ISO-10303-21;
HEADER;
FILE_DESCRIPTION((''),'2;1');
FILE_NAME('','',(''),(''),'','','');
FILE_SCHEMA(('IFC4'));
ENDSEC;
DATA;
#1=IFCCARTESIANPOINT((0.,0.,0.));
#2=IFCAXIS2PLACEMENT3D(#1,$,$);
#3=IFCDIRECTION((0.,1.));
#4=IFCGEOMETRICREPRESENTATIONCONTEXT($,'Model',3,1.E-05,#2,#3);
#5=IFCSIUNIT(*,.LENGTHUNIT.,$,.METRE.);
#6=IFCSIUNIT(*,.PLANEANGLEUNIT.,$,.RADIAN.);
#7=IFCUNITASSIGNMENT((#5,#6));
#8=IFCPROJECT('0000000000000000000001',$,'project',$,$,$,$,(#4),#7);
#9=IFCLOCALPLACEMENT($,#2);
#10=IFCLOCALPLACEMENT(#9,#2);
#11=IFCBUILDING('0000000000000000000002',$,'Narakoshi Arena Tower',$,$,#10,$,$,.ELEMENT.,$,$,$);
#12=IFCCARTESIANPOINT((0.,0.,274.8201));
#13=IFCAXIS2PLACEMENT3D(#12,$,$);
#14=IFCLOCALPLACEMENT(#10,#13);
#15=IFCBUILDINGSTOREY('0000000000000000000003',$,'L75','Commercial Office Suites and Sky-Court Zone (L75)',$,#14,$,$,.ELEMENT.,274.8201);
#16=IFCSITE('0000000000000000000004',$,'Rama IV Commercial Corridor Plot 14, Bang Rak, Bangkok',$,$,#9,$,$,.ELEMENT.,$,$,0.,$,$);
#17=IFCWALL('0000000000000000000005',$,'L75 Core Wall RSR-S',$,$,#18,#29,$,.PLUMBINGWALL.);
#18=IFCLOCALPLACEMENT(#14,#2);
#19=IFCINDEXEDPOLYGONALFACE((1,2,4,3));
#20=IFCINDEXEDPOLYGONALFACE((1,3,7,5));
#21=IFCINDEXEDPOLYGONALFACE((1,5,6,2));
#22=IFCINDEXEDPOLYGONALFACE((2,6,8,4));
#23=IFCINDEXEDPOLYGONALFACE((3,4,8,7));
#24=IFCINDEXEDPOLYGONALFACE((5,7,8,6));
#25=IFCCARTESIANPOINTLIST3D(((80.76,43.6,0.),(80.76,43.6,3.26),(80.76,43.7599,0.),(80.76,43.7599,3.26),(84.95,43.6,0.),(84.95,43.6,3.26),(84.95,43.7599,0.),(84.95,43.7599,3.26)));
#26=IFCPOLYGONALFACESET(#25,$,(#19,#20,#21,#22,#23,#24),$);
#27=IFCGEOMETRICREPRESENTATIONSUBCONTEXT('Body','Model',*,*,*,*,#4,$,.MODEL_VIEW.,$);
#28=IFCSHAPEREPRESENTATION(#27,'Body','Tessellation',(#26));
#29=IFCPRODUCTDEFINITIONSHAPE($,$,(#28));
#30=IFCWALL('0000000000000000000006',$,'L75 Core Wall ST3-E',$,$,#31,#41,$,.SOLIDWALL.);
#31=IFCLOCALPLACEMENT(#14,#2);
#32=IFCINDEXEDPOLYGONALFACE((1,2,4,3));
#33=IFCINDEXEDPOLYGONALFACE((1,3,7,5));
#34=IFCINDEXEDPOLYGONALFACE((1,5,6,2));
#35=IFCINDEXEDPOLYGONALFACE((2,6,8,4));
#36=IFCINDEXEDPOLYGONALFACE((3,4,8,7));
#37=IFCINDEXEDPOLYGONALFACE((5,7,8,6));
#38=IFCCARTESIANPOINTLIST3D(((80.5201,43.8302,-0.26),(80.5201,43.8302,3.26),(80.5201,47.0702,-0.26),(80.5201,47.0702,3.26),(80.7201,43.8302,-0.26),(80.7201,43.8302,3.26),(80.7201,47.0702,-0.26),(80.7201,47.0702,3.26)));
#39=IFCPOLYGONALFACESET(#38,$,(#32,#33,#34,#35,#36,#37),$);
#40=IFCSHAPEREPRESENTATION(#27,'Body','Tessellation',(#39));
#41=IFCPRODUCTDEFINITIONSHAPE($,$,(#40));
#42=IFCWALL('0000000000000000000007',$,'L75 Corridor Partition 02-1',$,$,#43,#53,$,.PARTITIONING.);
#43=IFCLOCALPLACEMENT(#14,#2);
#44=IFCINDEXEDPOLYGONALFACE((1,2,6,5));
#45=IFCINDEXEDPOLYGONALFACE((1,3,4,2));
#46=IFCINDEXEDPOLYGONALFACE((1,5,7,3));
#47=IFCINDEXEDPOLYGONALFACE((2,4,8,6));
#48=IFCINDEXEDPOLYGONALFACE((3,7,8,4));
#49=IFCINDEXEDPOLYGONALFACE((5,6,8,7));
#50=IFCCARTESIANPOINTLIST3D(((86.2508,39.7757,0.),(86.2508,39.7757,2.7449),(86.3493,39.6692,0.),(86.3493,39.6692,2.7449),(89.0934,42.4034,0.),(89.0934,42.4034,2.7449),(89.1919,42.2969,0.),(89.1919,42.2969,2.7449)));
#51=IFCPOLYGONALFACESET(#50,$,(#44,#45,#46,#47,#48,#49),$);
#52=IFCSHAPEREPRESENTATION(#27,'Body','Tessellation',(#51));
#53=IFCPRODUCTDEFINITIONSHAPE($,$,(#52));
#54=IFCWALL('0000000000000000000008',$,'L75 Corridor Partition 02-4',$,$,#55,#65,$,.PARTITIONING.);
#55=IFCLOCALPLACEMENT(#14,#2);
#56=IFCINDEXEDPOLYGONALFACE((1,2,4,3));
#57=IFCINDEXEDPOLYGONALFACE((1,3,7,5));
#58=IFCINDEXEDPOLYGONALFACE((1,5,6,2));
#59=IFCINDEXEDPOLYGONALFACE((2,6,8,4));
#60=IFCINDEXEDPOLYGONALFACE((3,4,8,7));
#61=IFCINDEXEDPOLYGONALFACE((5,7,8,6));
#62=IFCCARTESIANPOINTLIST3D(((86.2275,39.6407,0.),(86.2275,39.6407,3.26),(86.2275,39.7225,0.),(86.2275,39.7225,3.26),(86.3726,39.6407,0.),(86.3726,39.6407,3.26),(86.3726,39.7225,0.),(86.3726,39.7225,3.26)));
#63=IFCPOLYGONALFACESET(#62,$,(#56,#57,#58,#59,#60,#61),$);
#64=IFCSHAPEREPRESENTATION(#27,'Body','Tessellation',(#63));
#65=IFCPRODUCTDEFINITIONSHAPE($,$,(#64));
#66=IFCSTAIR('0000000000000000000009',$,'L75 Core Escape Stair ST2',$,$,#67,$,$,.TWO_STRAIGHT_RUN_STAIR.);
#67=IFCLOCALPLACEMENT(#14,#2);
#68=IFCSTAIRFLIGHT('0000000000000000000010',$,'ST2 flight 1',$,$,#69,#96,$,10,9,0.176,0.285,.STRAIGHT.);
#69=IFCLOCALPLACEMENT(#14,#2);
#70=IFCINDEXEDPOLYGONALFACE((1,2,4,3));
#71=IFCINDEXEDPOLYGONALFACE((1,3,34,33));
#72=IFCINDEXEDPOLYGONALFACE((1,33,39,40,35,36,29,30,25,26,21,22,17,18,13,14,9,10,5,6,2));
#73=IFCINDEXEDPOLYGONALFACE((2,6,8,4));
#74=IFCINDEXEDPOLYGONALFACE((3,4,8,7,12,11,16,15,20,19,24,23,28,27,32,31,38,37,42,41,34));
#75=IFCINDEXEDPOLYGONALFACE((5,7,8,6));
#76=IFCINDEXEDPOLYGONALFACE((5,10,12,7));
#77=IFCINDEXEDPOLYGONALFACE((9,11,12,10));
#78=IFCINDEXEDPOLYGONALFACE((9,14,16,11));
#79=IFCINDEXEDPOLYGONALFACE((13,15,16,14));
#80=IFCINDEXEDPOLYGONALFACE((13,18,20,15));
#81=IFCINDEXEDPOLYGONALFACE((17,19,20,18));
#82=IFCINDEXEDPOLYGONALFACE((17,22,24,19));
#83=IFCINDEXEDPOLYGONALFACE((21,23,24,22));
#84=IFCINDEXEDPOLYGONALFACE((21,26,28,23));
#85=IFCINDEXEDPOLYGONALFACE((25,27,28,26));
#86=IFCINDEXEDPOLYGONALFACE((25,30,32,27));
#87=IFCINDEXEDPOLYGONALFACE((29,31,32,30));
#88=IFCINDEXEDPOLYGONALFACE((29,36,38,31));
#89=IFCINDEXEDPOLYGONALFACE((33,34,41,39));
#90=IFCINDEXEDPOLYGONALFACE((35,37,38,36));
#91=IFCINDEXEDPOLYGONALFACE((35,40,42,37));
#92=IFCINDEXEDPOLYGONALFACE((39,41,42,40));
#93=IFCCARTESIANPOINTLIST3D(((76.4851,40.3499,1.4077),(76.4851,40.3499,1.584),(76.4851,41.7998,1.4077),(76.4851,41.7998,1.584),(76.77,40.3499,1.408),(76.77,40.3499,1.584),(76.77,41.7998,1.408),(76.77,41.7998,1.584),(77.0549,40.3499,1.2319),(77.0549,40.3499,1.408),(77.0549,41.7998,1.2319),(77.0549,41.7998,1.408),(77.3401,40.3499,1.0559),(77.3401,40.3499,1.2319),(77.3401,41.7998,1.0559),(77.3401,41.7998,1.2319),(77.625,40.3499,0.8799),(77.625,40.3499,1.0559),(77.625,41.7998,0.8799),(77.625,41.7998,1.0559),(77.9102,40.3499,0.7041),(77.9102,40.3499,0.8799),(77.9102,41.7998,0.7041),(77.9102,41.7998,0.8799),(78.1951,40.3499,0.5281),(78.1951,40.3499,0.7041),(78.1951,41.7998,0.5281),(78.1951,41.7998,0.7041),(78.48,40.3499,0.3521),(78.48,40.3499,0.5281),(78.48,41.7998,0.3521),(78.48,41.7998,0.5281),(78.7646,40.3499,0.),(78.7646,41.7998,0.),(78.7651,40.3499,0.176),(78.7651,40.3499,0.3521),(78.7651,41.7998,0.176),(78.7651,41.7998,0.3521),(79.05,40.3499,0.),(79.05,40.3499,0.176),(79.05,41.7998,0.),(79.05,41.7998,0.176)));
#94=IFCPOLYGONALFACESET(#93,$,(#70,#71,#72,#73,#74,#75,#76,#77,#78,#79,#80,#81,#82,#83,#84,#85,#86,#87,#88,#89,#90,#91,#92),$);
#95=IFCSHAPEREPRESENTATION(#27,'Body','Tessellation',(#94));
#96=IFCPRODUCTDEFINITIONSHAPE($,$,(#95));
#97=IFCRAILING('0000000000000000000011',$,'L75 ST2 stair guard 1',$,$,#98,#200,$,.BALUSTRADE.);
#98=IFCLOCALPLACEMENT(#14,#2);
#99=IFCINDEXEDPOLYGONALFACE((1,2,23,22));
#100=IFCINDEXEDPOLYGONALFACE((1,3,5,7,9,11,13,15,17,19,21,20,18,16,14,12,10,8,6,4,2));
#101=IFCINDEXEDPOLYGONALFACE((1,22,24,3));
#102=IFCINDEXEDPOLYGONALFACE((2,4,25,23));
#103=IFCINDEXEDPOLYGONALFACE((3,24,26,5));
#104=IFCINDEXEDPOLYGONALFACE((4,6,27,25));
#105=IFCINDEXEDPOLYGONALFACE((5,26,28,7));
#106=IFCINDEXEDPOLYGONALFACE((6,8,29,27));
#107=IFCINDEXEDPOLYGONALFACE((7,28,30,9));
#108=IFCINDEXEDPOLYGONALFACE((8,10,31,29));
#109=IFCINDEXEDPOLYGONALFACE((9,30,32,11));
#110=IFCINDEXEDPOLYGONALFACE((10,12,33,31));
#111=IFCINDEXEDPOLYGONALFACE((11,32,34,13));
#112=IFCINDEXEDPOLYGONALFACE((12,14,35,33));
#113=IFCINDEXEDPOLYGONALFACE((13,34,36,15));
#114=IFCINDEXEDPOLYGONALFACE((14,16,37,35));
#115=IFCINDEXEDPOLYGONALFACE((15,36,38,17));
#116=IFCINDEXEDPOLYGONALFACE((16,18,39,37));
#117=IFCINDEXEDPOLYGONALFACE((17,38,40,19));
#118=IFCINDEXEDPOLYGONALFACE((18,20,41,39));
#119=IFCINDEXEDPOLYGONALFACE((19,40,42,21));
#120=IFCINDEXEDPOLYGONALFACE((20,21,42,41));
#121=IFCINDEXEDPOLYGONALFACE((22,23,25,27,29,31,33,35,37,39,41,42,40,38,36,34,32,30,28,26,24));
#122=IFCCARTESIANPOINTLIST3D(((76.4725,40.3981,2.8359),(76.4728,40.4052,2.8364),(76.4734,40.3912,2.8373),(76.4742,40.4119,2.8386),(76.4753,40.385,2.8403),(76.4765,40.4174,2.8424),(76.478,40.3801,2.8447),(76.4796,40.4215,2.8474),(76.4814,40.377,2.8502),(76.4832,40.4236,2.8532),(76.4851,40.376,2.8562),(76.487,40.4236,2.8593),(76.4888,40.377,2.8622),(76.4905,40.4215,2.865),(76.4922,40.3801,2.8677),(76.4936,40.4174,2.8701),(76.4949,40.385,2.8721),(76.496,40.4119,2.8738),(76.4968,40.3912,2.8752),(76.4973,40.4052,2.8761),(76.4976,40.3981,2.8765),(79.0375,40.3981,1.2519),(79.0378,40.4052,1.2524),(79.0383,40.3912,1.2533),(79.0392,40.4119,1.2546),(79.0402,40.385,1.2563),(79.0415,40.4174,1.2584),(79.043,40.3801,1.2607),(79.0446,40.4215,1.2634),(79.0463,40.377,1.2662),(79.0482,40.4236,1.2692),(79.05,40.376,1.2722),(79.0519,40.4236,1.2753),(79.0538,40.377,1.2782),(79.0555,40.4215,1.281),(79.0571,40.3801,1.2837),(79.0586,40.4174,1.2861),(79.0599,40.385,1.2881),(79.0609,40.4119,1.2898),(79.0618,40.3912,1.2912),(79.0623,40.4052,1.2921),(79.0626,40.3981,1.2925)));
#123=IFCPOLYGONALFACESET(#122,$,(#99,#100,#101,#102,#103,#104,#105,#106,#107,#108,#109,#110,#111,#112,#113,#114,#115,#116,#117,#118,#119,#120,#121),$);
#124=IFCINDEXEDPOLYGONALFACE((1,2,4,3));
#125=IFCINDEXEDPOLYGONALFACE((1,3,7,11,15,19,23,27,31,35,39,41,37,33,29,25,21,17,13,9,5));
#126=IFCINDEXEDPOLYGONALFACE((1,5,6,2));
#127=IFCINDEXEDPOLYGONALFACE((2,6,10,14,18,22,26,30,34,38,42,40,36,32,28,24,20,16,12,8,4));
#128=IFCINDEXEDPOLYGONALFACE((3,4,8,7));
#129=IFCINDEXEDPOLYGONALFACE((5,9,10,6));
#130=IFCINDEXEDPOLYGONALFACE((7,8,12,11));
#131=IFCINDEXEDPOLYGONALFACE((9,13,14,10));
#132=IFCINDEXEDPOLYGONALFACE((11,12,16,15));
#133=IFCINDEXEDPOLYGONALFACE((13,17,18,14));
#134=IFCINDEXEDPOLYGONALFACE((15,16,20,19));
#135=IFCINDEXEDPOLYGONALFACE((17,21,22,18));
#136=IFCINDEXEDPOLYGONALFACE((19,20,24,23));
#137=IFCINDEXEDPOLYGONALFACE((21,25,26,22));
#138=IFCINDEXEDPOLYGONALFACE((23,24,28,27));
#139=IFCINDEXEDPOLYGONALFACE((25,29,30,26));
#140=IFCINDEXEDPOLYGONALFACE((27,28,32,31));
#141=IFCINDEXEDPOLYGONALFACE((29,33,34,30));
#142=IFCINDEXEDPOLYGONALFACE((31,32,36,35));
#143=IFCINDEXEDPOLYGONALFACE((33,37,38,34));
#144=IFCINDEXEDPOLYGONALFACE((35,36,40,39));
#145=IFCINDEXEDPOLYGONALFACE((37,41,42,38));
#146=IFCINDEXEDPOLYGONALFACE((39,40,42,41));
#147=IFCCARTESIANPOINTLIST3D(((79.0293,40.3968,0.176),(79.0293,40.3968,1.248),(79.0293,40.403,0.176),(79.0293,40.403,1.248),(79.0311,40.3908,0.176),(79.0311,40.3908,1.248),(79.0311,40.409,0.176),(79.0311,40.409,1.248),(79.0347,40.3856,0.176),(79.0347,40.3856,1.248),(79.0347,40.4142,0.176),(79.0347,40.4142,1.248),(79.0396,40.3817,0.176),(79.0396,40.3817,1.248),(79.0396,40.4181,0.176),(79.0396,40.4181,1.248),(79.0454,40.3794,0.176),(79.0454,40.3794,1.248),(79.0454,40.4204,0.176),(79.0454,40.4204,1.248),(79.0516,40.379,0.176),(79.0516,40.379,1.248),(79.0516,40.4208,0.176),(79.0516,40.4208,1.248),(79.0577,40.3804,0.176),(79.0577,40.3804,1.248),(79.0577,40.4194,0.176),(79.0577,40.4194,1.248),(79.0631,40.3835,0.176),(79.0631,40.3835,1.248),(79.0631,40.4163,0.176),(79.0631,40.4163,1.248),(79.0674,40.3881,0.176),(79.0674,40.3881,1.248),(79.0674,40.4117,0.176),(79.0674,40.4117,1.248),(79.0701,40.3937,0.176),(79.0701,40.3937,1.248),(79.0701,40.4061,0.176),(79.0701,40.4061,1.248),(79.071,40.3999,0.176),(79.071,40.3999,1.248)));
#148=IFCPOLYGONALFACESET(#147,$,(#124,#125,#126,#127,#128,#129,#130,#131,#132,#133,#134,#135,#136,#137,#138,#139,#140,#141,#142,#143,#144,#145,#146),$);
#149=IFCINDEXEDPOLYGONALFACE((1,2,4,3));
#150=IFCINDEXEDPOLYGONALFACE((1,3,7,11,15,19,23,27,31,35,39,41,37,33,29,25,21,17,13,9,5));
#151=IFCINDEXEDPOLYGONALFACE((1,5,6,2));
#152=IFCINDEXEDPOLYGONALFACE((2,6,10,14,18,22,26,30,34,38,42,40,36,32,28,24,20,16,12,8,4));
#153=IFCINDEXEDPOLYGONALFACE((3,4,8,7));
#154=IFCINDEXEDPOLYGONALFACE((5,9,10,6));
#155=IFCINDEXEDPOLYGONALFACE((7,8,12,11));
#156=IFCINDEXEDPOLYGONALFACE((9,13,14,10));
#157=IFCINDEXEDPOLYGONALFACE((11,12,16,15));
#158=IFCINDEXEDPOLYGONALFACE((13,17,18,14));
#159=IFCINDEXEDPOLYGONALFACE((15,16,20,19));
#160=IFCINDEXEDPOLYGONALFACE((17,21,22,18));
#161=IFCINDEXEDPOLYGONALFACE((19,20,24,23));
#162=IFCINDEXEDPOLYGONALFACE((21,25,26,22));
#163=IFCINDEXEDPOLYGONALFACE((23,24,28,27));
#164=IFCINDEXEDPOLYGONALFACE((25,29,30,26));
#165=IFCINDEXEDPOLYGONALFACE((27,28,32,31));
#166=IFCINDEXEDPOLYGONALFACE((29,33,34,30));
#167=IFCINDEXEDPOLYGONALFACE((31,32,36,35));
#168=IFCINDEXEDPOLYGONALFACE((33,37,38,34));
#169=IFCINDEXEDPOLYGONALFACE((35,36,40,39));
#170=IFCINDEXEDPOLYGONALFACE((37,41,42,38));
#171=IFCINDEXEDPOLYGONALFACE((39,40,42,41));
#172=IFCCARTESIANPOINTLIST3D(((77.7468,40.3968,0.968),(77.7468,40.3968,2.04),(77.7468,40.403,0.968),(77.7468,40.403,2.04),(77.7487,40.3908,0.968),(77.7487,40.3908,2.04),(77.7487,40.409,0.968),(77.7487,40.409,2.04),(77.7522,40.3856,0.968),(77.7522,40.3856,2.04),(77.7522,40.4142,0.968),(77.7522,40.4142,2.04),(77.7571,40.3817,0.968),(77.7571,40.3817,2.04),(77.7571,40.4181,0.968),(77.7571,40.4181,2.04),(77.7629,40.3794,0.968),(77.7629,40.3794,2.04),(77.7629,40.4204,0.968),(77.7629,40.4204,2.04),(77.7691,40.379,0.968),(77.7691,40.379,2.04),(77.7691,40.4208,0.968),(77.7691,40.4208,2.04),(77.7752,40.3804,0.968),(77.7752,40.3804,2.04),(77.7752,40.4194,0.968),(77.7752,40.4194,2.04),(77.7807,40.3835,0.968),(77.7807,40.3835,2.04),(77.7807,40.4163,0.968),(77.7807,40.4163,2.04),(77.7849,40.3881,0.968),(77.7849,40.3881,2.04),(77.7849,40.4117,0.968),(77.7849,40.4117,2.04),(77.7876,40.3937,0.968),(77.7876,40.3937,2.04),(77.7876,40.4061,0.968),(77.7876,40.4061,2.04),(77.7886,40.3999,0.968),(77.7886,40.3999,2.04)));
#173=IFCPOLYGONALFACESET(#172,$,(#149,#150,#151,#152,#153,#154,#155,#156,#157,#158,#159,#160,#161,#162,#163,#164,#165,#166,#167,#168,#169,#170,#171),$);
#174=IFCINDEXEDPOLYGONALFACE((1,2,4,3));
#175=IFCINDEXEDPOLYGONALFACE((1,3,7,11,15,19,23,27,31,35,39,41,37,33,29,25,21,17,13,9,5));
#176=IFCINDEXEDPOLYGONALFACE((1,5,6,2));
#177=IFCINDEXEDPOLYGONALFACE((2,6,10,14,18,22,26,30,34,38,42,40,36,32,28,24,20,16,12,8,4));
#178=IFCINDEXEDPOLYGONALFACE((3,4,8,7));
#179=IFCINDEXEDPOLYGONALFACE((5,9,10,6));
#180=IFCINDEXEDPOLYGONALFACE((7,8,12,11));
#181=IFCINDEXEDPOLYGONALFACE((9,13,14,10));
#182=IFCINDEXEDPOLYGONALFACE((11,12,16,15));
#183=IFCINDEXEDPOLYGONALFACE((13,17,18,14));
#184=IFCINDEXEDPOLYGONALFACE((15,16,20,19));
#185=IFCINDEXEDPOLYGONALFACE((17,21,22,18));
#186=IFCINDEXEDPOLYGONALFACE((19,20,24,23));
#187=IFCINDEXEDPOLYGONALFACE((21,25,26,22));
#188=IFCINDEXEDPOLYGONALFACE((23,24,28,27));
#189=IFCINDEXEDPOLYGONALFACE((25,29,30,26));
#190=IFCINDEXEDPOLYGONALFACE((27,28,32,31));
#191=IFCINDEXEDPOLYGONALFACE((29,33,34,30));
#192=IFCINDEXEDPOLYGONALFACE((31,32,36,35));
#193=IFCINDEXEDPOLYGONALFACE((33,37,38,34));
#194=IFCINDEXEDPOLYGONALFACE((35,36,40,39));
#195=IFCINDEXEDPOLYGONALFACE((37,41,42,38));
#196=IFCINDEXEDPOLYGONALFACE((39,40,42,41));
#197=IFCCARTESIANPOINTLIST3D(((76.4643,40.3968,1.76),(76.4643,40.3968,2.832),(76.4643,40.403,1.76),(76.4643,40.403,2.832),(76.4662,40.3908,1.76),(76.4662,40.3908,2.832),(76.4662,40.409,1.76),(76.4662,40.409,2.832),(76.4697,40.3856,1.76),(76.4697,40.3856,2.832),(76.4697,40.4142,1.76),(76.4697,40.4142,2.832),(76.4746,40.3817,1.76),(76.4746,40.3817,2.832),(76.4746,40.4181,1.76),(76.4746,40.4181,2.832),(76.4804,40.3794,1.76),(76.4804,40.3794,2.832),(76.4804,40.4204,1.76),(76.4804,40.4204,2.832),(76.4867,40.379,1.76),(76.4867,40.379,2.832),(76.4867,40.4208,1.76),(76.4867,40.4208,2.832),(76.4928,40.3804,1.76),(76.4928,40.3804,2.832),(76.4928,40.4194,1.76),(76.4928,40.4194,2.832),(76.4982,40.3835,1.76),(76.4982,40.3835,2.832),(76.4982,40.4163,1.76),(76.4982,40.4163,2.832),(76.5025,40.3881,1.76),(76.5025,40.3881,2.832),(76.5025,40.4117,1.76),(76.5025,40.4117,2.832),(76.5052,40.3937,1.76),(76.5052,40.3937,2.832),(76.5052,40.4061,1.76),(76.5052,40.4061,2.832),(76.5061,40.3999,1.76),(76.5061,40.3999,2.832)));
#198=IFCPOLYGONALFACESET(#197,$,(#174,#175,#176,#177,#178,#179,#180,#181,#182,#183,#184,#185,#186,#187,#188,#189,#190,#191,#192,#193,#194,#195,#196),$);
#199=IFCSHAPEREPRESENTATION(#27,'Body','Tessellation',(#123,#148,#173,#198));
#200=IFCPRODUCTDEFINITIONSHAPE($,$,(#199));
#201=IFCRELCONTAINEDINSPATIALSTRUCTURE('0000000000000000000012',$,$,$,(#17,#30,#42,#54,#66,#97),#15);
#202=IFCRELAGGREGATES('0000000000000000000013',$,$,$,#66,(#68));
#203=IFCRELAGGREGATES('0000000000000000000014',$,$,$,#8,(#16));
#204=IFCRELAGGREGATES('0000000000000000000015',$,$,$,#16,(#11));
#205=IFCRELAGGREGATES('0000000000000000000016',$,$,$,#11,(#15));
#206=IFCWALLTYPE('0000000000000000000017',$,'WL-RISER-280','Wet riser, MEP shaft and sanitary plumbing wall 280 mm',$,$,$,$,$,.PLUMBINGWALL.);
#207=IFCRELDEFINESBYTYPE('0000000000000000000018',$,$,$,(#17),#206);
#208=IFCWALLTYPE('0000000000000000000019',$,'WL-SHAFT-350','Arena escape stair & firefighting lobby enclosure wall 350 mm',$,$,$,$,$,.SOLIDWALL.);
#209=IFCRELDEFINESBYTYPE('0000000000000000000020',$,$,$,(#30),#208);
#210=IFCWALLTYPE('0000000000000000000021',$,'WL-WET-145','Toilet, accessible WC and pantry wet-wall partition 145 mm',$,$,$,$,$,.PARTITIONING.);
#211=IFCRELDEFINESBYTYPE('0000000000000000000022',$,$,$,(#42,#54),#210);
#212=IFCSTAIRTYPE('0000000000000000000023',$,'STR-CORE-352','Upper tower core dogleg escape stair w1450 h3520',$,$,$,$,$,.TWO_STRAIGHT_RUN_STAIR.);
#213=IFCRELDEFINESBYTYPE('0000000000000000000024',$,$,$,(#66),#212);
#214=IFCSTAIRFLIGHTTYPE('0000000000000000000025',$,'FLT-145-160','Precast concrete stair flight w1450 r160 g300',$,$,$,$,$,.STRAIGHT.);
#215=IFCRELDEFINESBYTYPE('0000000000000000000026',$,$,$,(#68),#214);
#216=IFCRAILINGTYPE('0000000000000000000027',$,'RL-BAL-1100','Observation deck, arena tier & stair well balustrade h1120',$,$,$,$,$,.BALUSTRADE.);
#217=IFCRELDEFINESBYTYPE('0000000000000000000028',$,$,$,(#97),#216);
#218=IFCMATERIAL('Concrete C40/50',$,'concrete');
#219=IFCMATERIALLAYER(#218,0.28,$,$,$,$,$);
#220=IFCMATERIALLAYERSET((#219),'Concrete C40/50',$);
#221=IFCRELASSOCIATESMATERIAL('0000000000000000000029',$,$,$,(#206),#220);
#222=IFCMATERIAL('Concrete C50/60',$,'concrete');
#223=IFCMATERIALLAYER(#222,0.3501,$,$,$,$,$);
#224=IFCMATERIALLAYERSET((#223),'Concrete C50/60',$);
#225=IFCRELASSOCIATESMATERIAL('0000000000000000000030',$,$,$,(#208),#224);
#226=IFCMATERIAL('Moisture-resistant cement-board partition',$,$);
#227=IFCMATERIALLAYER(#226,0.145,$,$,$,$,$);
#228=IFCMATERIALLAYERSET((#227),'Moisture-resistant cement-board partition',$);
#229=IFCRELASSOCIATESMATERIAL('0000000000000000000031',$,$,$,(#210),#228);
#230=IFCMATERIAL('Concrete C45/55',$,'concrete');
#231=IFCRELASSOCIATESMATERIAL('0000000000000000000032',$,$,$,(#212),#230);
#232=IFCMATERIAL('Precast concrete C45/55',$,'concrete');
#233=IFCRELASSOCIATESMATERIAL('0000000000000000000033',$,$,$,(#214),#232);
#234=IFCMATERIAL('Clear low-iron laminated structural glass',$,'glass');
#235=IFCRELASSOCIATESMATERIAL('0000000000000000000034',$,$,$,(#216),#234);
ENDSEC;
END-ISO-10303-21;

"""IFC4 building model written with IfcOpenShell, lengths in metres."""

from ifc_helpers import new_model, si_unit, direction, frame, frame_2d, origin, origin_2d, place, context, subcontext, project, spatial, polyline, rectangle, circle, outline, extrude, material, layer, layer_set, type_object, element, aggregate, save


model = new_model("IFC4")

# Units and contexts
model_context = context("Model", 3, precision=1e-05, world=origin(), true_north=direction((0.0, 1.0)))
body_context = subcontext(model_context, "Body", "Model", "MODEL_VIEW")
ifc_project = project(units=[si_unit("LENGTHUNIT", "METRE"), si_unit("PLANEANGLEUNIT", "RADIAN")], contexts=[model_context])

# Site, building, storey
site_placement = place(None, origin())
site = spatial("IfcSite", under=ifc_project, at=site_placement, Name="Rama IV Commercial Corridor Plot 14, Bang Rak, Bangkok", CompositionType="ELEMENT", RefElevation=0.0)
building_placement = place(site_placement, origin())
building = spatial("IfcBuilding", under=site, at=building_placement, Name="Narakoshi Arena Tower", CompositionType="ELEMENT")
storey_placement = place(building_placement, frame((0.0, 0.0, 274.8201)))
storey = spatial("IfcBuildingStorey", under=building, at=storey_placement, Name="L75", Description="Commercial Office Suites and Sky-Court Zone (L75)", CompositionType="ELEMENT", Elevation=274.8201)

# Shared definitions
ifc_material_1 = material(Name="Concrete C50/60", Category="concrete")

# Walls
ifc_material_2 = material(Name="Concrete C40/50", Category="concrete")
ifc_layer_1 = layer(ifc_material_2, 0.28)
ifc_layer_set_1 = layer_set([ifc_layer_1], Name="Concrete C40/50")
wall_type_1 = type_object("IfcWallType", Name="WL-RISER-280", Description="Wet riser, MEP shaft and sanitary plumbing wall 280 mm", PredefinedType="PLUMBINGWALL", material=ifc_layer_set_1)
wall_1_placement = place(storey_placement, frame((80.76, 43.6799, 0.0), z_axis=(0.0, 0.0, 1.0), x_axis=(1.0, 0.0, 0.0)))
element("IfcWall", 1, at=wall_1_placement, inside=storey, type_object=wall_type_1, Name="L75 Core Wall RSR-S", PredefinedType="PLUMBINGWALL", context=body_context, shape_type="SweptSolid", body=[
    extrude(rectangle(XDim=4.1899, YDim=0.1599, at=frame_2d((2.095, 0.0))), origin(), (0.0, 0.0, 1.0), 3.26),
])
ifc_layer_2 = layer(ifc_material_1, 0.3501)
ifc_layer_set_2 = layer_set([ifc_layer_2], Name="Concrete C50/60")
wall_type_2 = type_object("IfcWallType", Name="WL-SHAFT-350", Description="Arena escape stair & firefighting lobby enclosure wall 350 mm", PredefinedType="SOLIDWALL", material=ifc_layer_set_2)
wall_2_placement = place(storey_placement, frame((80.6201, 43.8301, -0.26), z_axis=(0.0, 0.0, 1.0), x_axis=(0.0, 1.0, 0.0)))
element("IfcWall", 2, at=wall_2_placement, inside=storey, type_object=wall_type_2, Name="L75 Core Wall ST3-E", PredefinedType="SOLIDWALL", context=body_context, shape_type="SweptSolid", body=[
    extrude(rectangle(XDim=3.24, YDim=0.2, at=frame_2d((1.6201, 0.0))), origin(), (0.0, 0.0, 1.0), 3.52),
])
ifc_material_3 = material(Name="Moisture-resistant cement-board partition")
ifc_layer_3 = layer(ifc_material_3, 0.145)
ifc_layer_set_3 = layer_set([ifc_layer_3], Name="Moisture-resistant cement-board partition")
wall_type_3 = type_object("IfcWallType", Name="WL-WET-145", Description="Toilet, accessible WC and pantry wet-wall partition 145 mm", PredefinedType="PARTITIONING", material=ifc_layer_set_3)
wall_3_placement = place(storey_placement, frame((86.3, 39.7224, 0.0), z_axis=(0.0, 0.0, 1.0), x_axis=(0.734312, 0.678812, 0.0)))
element("IfcWall", 3, at=wall_3_placement, inside=storey, type_object=wall_type_3, Name="L75 Corridor Partition 02-1", PredefinedType="PARTITIONING", context=body_context, shape_type="SweptSolid", body=[
    extrude(rectangle(XDim=3.8711, YDim=0.145, at=frame_2d((1.9355, 0.0))), origin(), (0.0, 0.0, 1.0), 2.7449),
])

# Wall
wall_4_placement = place(storey_placement, frame((86.3, 39.6406, 0.0), z_axis=(0.0, 0.0, 1.0), x_axis=(0.0, 1.0, 0.0)))
element("IfcWall", 4, at=wall_4_placement, inside=storey, type_object=wall_type_3, Name="L75 Corridor Partition 02-4", PredefinedType="PARTITIONING", context=body_context, shape_type="SweptSolid", body=[
    extrude(rectangle(XDim=0.0818, YDim=0.145, at=frame_2d((0.041, 0.0))), origin(), (0.0, 0.0, 1.0), 3.26),
])

# Stair, stair flight
ifc_material_4 = material(Name="Concrete C45/55", Category="concrete")
stair_type = type_object("IfcStairType", Name="STR-CORE-352", Description="Upper tower core dogleg escape stair w1450 h3520", PredefinedType="TWO_STRAIGHT_RUN_STAIR", material=ifc_material_4)
stair_placement = place(storey_placement, origin())
stair = element("IfcStair", 5, at=stair_placement, inside=storey, type_object=stair_type, Name="L75 Core Escape Stair ST2", PredefinedType="TWO_STRAIGHT_RUN_STAIR")
ifc_material_5 = material(Name="Precast concrete C45/55", Category="concrete")
stair_flight_type = type_object("IfcStairFlightType", Name="FLT-145-160", Description="Precast concrete stair flight w1450 r160 g300", PredefinedType="STRAIGHT", material=ifc_material_5)
stair_flight_placement = place(storey_placement, frame((79.05, 41.075, 0.0), z_axis=(0.0, 0.0, 1.0), x_axis=(-1.0, 0.0, 0.0)))
stair_flight = element("IfcStairFlight", 6, at=stair_flight_placement, type_object=stair_flight_type, Name="ST2 flight 1", NumberOfRisers=10, NumberOfTreads=9, PredefinedType="STRAIGHT", RiserHeight=0.176, TreadLength=0.285, context=body_context, shape_type="SweptSolid", body=[
    extrude(outline(polyline([(0.0, 0.0), (0.0, 0.176), (0.2849, 0.176), (0.2849, 0.3521), (0.5701, 0.3521), (0.5701, 0.5281), (0.855, 0.5281), (0.855, 0.7041), (1.1399, 0.7041), (1.1399, 0.8799), (1.425, 0.8799), (1.425, 1.0559), (1.71, 1.0559), (1.71, 1.2319), (1.9951, 1.2319), (1.9951, 1.408), (2.28, 1.408), (2.28, 1.584), (2.5649, 1.584), (2.5649, 1.76), (2.5649, 1.4077), (0.2854, 0.0), (0.0, 0.0)])), frame((0.0, 0.7251, 0.0), z_axis=(0.0, -1.0, 0.0), x_axis=(1.0, 0.0, 0.0)), (0.0, 0.0, 1.0), 1.45),
])
aggregate(stair, [stair_flight])

# Railing
ifc_material_6 = material(Name="Clear low-iron laminated structural glass", Category="glass")
railing_type_1 = type_object("IfcRailingType", Name="RL-BAL-1100", Description="Observation deck, arena tier & stair well balustrade h1120", PredefinedType="BALUSTRADE", material=ifc_material_6)
railing_1_placement = place(storey_placement, frame((79.05, 40.3999, 0.176)))
element("IfcRailing", 7, at=railing_1_placement, inside=storey, type_object=railing_type_1, Name="L75 ST2 stair guard 1", PredefinedType="BALUSTRADE", context=body_context, shape_type="SweptSolid", body=[
    extrude(circle(Radius=0.0239, at=origin_2d()), frame((0.0, 0.0, 1.0962), z_axis=(-0.850834, 0.0, 0.525434), x_axis=(0.0, -1.0, 0.0)), (0.0, 0.0, 1.0), 3.0146),
    extrude(circle(Radius=0.021, at=origin_2d()), origin(), (0.0, 0.0, 1.0), 1.072),
    extrude(circle(Radius=0.021, at=origin_2d()), frame((-1.2825, 0.0, 0.792)), (0.0, 0.0, 1.0), 1.072),
    extrude(circle(Radius=0.021, at=origin_2d()), frame((-2.5649, 0.0, 1.584)), (0.0, 0.0, 1.0), 1.072),
])

save(model, "model.ifc")
